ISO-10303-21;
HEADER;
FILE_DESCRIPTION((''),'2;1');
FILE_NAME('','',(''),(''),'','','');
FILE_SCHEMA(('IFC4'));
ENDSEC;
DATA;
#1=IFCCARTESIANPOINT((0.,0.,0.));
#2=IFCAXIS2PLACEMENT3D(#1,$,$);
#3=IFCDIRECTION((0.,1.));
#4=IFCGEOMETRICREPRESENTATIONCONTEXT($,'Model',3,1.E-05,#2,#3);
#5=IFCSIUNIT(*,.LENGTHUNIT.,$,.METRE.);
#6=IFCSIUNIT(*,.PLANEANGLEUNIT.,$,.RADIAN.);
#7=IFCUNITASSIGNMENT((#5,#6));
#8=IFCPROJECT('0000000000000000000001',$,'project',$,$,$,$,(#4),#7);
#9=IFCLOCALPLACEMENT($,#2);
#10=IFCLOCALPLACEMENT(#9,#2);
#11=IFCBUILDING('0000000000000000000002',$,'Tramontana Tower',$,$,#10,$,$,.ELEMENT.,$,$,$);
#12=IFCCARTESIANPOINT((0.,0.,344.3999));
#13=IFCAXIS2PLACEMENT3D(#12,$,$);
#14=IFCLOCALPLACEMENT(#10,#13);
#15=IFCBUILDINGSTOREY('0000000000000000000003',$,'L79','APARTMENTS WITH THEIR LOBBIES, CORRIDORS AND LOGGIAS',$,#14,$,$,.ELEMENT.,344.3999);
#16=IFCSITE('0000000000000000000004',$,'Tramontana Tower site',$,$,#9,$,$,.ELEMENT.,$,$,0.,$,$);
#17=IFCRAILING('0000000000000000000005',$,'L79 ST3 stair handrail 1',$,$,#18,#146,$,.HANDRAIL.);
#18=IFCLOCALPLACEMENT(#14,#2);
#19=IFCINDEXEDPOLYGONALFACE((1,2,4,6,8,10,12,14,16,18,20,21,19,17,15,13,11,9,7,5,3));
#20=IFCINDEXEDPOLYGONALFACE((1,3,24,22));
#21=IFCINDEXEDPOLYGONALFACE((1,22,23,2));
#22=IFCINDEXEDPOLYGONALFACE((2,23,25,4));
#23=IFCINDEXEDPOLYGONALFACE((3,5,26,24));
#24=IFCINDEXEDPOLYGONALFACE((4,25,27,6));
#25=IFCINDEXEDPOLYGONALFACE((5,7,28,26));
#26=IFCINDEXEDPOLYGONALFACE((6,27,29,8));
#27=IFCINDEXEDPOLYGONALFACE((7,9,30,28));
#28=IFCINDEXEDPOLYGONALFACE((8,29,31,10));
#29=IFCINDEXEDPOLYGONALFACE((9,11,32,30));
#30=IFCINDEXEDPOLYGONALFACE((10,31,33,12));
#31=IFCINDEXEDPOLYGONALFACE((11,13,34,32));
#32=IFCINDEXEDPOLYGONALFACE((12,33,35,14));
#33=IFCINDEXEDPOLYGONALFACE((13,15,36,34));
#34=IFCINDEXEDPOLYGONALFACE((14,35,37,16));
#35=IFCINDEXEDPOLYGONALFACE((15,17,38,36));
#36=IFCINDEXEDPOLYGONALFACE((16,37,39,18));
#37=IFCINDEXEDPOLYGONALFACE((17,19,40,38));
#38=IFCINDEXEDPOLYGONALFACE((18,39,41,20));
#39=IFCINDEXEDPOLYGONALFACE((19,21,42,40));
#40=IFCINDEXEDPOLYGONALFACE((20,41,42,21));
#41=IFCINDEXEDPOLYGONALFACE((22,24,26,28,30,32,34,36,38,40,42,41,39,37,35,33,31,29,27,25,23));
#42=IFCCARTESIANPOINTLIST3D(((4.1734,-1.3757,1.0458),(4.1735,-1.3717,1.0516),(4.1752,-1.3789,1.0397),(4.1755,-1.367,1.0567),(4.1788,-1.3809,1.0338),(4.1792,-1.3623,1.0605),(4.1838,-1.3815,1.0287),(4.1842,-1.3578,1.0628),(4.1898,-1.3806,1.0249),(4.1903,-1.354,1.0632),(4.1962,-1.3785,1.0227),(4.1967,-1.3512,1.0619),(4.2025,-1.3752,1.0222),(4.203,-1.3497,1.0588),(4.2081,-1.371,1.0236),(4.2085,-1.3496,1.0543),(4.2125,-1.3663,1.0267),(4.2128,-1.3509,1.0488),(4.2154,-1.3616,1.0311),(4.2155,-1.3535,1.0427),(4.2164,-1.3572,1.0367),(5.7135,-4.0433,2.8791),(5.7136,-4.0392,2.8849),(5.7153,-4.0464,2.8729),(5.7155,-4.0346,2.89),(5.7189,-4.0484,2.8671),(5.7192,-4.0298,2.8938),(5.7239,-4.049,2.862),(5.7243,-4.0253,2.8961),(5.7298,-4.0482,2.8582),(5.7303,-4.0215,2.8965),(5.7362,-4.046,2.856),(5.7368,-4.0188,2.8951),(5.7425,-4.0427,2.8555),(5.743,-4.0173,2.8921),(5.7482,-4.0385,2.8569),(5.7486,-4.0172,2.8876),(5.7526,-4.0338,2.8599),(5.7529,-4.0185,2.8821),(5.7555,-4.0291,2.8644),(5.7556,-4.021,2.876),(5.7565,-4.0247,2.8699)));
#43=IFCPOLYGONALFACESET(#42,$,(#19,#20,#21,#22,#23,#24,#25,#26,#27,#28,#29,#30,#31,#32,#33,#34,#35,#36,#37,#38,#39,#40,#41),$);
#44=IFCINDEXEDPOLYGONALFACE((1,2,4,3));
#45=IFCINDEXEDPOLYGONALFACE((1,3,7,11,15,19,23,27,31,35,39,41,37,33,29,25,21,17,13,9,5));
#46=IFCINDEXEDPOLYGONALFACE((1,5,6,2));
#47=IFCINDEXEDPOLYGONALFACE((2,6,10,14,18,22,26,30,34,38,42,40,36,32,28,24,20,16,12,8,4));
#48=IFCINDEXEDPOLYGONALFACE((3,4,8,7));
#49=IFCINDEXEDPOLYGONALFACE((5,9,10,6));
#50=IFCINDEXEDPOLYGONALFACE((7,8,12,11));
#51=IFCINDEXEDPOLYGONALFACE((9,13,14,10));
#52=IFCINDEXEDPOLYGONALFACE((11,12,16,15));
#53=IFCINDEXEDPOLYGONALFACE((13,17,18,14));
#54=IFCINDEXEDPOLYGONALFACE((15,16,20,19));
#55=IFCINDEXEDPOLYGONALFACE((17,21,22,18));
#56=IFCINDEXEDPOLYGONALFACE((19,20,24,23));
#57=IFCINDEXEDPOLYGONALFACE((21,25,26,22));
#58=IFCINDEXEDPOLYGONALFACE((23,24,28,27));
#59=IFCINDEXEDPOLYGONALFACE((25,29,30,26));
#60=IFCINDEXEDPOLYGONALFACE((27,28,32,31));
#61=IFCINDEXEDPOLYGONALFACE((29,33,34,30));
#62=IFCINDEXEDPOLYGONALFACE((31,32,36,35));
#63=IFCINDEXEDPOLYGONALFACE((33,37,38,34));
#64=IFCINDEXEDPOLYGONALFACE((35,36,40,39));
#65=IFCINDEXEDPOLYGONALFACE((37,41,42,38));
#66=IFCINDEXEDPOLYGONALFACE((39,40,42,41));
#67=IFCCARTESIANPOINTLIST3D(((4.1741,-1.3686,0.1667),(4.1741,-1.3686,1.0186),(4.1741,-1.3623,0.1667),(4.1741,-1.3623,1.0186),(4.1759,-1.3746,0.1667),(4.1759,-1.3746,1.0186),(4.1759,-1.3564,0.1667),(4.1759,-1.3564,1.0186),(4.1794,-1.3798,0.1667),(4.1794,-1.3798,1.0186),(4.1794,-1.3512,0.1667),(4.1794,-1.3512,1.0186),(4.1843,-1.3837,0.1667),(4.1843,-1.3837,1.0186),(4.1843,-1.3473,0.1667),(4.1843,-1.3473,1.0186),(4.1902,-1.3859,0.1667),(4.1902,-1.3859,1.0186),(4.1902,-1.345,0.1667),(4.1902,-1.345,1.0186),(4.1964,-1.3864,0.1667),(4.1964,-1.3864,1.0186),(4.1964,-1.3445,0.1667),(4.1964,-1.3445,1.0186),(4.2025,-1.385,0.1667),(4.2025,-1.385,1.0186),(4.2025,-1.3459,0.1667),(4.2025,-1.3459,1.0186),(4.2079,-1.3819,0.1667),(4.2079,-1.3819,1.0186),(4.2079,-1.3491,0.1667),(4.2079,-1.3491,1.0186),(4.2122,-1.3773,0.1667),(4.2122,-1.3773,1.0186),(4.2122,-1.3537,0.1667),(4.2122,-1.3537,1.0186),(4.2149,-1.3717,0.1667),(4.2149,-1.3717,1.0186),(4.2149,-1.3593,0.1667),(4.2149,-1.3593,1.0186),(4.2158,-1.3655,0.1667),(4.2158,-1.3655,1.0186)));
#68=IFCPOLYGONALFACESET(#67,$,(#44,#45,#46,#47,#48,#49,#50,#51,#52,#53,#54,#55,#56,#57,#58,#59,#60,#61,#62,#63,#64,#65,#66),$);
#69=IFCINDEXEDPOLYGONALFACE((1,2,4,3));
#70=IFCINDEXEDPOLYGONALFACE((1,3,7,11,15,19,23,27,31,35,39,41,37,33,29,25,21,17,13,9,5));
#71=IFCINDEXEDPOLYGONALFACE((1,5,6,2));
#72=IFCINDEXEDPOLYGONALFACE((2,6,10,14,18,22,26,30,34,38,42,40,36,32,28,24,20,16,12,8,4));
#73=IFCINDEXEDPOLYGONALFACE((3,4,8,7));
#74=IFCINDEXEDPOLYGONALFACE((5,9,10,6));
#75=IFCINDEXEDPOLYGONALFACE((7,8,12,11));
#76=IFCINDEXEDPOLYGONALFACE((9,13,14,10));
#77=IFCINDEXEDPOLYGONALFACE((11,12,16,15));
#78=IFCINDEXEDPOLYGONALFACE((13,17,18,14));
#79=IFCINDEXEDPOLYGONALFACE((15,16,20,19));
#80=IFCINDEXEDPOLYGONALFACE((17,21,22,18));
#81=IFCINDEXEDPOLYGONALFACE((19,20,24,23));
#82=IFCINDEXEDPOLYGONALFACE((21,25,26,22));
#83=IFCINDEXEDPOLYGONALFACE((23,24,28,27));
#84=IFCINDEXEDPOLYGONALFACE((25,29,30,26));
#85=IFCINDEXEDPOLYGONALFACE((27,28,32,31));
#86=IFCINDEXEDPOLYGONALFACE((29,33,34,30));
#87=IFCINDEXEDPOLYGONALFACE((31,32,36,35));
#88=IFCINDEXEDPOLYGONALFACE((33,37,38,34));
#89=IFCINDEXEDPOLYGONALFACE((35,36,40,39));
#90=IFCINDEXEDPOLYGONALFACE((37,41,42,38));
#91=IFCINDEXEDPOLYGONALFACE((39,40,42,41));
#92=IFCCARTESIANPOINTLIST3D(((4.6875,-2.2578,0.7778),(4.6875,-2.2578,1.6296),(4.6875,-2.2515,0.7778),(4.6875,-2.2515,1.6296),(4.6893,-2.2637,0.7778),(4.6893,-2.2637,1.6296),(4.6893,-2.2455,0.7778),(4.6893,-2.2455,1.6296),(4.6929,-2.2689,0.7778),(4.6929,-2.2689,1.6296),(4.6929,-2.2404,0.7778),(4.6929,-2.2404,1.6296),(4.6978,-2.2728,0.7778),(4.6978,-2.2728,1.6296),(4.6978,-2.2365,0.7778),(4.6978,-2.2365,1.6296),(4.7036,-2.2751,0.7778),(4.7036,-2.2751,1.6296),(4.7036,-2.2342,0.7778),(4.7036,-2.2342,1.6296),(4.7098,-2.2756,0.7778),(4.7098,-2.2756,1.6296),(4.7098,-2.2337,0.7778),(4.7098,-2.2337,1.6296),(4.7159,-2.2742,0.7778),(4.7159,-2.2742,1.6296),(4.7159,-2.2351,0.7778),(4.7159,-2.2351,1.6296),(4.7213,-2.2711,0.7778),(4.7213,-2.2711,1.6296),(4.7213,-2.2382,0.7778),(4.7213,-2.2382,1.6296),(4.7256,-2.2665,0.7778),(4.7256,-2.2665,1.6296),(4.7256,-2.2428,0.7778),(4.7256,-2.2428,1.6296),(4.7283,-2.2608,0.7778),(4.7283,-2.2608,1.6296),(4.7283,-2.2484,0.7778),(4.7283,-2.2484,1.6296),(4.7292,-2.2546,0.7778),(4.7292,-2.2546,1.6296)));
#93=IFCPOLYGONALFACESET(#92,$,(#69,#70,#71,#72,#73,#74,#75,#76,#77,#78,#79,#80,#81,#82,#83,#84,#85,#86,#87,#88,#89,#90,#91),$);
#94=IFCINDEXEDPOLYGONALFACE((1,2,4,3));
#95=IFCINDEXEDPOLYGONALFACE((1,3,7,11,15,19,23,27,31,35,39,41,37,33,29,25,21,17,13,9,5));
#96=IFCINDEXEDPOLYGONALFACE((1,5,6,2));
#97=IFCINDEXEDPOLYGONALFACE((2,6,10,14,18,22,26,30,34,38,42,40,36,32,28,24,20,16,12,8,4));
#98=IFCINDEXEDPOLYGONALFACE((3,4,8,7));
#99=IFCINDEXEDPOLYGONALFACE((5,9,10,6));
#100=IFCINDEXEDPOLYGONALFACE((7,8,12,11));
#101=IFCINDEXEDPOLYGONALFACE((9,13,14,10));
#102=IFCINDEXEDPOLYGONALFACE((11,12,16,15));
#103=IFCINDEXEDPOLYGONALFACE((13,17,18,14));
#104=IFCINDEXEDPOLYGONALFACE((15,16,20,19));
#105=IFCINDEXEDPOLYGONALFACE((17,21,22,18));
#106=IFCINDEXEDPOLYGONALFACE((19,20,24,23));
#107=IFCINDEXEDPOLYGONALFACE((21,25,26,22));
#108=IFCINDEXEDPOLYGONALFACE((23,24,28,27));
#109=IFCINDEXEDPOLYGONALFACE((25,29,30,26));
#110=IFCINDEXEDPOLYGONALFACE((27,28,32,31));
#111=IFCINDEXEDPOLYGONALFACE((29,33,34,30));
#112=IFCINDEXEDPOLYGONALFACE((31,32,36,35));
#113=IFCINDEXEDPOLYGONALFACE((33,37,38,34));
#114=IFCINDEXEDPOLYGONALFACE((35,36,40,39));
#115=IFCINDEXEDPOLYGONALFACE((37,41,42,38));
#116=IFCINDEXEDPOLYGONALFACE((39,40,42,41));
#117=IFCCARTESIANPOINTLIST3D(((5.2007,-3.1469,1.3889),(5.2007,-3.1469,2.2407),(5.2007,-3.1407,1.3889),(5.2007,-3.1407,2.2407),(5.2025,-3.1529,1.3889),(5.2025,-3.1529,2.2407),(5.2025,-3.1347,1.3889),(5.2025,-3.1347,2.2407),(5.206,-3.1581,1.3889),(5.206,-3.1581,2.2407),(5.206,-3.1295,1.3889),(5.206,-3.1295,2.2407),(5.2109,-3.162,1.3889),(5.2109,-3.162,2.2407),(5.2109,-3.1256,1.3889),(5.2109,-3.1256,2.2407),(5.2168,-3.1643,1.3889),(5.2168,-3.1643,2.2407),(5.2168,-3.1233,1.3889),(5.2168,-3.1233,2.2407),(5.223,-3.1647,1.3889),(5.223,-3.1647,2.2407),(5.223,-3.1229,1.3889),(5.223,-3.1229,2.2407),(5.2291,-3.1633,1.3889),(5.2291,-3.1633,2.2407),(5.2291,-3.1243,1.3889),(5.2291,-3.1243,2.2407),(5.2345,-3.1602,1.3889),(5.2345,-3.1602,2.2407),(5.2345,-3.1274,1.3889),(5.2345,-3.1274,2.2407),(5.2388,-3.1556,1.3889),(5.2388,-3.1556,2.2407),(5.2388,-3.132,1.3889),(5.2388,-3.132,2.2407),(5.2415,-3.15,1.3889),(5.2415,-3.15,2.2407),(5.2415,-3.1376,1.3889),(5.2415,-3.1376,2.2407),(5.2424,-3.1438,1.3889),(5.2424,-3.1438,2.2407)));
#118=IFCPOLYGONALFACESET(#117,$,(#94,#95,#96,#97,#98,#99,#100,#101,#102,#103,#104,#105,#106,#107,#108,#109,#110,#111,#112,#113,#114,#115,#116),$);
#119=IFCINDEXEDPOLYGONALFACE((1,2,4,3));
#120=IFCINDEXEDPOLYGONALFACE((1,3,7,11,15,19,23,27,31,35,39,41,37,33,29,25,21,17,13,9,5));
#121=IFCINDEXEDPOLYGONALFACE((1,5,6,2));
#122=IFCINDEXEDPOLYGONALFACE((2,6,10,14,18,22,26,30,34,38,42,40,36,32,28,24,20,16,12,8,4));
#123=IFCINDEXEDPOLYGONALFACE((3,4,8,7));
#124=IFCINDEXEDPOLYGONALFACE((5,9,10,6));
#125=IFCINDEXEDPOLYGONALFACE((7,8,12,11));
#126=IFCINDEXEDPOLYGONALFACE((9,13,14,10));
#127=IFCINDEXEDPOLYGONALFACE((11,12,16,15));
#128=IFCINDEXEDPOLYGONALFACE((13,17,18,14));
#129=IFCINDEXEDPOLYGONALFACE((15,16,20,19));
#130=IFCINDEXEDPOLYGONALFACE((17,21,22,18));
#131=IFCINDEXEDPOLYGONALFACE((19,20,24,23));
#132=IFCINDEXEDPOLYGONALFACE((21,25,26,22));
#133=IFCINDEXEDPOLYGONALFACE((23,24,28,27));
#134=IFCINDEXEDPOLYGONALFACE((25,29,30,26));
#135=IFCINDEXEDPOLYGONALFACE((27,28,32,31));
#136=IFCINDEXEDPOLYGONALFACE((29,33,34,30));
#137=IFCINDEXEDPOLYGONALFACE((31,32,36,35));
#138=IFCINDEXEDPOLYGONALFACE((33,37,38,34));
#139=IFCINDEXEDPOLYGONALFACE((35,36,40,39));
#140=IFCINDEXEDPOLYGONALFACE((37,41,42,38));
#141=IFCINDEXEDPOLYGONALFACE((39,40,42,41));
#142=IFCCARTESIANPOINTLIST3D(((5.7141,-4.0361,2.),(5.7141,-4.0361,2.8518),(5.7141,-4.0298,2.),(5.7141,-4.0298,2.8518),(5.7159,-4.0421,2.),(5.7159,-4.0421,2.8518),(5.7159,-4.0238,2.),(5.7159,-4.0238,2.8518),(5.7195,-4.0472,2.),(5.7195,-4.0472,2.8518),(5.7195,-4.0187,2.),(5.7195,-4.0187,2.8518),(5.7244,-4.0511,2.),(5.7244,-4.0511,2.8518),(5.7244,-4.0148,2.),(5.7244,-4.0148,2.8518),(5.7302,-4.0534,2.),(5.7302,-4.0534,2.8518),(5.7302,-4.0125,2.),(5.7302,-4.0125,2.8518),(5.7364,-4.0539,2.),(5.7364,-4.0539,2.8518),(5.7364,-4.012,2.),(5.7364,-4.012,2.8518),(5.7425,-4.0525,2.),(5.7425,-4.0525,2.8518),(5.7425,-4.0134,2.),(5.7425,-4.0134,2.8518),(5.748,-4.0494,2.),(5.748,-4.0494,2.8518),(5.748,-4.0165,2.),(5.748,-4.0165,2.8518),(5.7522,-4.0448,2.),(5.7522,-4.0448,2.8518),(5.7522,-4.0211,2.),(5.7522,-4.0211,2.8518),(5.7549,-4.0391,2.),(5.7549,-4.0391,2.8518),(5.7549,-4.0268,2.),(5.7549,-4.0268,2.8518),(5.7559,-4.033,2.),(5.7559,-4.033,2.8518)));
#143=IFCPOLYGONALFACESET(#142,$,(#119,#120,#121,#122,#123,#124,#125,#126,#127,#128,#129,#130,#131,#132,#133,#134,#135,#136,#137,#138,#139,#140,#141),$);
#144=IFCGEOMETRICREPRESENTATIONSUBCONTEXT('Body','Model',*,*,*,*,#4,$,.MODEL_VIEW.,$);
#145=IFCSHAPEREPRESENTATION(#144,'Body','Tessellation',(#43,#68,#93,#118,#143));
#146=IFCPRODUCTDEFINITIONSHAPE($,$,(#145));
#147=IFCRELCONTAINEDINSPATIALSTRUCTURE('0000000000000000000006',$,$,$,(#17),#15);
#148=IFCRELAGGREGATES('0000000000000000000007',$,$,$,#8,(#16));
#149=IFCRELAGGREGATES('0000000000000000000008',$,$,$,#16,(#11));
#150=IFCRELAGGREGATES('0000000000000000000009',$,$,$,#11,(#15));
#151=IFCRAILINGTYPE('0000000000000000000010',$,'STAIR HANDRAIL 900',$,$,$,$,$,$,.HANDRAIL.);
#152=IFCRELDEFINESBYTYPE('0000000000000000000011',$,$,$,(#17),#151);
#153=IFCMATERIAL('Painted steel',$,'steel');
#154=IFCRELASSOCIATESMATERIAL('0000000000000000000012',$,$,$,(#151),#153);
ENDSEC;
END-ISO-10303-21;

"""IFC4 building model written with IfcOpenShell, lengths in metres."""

from ifc_helpers import new_model, si_unit, direction, frame, origin, origin_2d, place, context, subcontext, project, spatial, circle, extrude, material, type_object, element, save


model = new_model("IFC4")

# Units and contexts
model_context = context("Model", 3, precision=1e-05, world=origin(), true_north=direction((0.0, 1.0)))
body_context = subcontext(model_context, "Body", "Model", "MODEL_VIEW")
ifc_project = project(units=[si_unit("LENGTHUNIT", "METRE"), si_unit("PLANEANGLEUNIT", "RADIAN")], contexts=[model_context])

# Site, building, storey
site_placement = place(None, origin())
site = spatial("IfcSite", under=ifc_project, at=site_placement, Name="Tramontana Tower site", CompositionType="ELEMENT", RefElevation=0.0)
building_placement = place(site_placement, origin())
building = spatial("IfcBuilding", under=site, at=building_placement, Name="Tramontana Tower", CompositionType="ELEMENT")
storey_placement = place(building_placement, frame((0.0, 0.0, 344.3999)))
storey = spatial("IfcBuildingStorey", under=building, at=storey_placement, Name="L79", Description="APARTMENTS WITH THEIR LOBBIES, CORRIDORS AND LOGGIAS", CompositionType="ELEMENT", Elevation=344.3999)

# Railing
ifc_material_1 = material(Name="Painted steel", Category="steel")
railing_type_1 = type_object("IfcRailingType", Name="STAIR HANDRAIL 900", PredefinedType="HANDRAIL", material=ifc_material_1)
railing_1_placement = place(storey_placement, frame((4.1948, -1.3655, 0.1667)))
element("IfcRailing", 1, at=railing_1_placement, inside=storey, type_object=railing_type_1, Name="L79 ST3 stair handrail 1", PredefinedType="HANDRAIL", context=body_context, shape_type="SweptSolid", body=[
    extrude(circle(Radius=0.0239, at=origin_2d()), frame((0.0, 0.0, 0.876), z_axis=(0.429649, -0.74419, 0.511452), x_axis=(0.86603, 0.499992, 0.0)), (0.0, 0.0, 1.0), 3.5845),
    extrude(circle(Radius=0.021, at=origin_2d()), origin(), (0.0, 0.0, 1.0), 0.8518),
    extrude(circle(Radius=0.021, at=origin_2d()), frame((0.5134, -0.8892, 0.6111)), (0.0, 0.0, 1.0), 0.8518),
    extrude(circle(Radius=0.021, at=origin_2d()), frame((1.0266, -1.7783, 1.2222)), (0.0, 0.0, 1.0), 0.8518),
    extrude(circle(Radius=0.021, at=origin_2d()), frame((1.54, -2.6675, 1.8333)), (0.0, 0.0, 1.0), 0.8518),
])

save(model, "model.ifc")
